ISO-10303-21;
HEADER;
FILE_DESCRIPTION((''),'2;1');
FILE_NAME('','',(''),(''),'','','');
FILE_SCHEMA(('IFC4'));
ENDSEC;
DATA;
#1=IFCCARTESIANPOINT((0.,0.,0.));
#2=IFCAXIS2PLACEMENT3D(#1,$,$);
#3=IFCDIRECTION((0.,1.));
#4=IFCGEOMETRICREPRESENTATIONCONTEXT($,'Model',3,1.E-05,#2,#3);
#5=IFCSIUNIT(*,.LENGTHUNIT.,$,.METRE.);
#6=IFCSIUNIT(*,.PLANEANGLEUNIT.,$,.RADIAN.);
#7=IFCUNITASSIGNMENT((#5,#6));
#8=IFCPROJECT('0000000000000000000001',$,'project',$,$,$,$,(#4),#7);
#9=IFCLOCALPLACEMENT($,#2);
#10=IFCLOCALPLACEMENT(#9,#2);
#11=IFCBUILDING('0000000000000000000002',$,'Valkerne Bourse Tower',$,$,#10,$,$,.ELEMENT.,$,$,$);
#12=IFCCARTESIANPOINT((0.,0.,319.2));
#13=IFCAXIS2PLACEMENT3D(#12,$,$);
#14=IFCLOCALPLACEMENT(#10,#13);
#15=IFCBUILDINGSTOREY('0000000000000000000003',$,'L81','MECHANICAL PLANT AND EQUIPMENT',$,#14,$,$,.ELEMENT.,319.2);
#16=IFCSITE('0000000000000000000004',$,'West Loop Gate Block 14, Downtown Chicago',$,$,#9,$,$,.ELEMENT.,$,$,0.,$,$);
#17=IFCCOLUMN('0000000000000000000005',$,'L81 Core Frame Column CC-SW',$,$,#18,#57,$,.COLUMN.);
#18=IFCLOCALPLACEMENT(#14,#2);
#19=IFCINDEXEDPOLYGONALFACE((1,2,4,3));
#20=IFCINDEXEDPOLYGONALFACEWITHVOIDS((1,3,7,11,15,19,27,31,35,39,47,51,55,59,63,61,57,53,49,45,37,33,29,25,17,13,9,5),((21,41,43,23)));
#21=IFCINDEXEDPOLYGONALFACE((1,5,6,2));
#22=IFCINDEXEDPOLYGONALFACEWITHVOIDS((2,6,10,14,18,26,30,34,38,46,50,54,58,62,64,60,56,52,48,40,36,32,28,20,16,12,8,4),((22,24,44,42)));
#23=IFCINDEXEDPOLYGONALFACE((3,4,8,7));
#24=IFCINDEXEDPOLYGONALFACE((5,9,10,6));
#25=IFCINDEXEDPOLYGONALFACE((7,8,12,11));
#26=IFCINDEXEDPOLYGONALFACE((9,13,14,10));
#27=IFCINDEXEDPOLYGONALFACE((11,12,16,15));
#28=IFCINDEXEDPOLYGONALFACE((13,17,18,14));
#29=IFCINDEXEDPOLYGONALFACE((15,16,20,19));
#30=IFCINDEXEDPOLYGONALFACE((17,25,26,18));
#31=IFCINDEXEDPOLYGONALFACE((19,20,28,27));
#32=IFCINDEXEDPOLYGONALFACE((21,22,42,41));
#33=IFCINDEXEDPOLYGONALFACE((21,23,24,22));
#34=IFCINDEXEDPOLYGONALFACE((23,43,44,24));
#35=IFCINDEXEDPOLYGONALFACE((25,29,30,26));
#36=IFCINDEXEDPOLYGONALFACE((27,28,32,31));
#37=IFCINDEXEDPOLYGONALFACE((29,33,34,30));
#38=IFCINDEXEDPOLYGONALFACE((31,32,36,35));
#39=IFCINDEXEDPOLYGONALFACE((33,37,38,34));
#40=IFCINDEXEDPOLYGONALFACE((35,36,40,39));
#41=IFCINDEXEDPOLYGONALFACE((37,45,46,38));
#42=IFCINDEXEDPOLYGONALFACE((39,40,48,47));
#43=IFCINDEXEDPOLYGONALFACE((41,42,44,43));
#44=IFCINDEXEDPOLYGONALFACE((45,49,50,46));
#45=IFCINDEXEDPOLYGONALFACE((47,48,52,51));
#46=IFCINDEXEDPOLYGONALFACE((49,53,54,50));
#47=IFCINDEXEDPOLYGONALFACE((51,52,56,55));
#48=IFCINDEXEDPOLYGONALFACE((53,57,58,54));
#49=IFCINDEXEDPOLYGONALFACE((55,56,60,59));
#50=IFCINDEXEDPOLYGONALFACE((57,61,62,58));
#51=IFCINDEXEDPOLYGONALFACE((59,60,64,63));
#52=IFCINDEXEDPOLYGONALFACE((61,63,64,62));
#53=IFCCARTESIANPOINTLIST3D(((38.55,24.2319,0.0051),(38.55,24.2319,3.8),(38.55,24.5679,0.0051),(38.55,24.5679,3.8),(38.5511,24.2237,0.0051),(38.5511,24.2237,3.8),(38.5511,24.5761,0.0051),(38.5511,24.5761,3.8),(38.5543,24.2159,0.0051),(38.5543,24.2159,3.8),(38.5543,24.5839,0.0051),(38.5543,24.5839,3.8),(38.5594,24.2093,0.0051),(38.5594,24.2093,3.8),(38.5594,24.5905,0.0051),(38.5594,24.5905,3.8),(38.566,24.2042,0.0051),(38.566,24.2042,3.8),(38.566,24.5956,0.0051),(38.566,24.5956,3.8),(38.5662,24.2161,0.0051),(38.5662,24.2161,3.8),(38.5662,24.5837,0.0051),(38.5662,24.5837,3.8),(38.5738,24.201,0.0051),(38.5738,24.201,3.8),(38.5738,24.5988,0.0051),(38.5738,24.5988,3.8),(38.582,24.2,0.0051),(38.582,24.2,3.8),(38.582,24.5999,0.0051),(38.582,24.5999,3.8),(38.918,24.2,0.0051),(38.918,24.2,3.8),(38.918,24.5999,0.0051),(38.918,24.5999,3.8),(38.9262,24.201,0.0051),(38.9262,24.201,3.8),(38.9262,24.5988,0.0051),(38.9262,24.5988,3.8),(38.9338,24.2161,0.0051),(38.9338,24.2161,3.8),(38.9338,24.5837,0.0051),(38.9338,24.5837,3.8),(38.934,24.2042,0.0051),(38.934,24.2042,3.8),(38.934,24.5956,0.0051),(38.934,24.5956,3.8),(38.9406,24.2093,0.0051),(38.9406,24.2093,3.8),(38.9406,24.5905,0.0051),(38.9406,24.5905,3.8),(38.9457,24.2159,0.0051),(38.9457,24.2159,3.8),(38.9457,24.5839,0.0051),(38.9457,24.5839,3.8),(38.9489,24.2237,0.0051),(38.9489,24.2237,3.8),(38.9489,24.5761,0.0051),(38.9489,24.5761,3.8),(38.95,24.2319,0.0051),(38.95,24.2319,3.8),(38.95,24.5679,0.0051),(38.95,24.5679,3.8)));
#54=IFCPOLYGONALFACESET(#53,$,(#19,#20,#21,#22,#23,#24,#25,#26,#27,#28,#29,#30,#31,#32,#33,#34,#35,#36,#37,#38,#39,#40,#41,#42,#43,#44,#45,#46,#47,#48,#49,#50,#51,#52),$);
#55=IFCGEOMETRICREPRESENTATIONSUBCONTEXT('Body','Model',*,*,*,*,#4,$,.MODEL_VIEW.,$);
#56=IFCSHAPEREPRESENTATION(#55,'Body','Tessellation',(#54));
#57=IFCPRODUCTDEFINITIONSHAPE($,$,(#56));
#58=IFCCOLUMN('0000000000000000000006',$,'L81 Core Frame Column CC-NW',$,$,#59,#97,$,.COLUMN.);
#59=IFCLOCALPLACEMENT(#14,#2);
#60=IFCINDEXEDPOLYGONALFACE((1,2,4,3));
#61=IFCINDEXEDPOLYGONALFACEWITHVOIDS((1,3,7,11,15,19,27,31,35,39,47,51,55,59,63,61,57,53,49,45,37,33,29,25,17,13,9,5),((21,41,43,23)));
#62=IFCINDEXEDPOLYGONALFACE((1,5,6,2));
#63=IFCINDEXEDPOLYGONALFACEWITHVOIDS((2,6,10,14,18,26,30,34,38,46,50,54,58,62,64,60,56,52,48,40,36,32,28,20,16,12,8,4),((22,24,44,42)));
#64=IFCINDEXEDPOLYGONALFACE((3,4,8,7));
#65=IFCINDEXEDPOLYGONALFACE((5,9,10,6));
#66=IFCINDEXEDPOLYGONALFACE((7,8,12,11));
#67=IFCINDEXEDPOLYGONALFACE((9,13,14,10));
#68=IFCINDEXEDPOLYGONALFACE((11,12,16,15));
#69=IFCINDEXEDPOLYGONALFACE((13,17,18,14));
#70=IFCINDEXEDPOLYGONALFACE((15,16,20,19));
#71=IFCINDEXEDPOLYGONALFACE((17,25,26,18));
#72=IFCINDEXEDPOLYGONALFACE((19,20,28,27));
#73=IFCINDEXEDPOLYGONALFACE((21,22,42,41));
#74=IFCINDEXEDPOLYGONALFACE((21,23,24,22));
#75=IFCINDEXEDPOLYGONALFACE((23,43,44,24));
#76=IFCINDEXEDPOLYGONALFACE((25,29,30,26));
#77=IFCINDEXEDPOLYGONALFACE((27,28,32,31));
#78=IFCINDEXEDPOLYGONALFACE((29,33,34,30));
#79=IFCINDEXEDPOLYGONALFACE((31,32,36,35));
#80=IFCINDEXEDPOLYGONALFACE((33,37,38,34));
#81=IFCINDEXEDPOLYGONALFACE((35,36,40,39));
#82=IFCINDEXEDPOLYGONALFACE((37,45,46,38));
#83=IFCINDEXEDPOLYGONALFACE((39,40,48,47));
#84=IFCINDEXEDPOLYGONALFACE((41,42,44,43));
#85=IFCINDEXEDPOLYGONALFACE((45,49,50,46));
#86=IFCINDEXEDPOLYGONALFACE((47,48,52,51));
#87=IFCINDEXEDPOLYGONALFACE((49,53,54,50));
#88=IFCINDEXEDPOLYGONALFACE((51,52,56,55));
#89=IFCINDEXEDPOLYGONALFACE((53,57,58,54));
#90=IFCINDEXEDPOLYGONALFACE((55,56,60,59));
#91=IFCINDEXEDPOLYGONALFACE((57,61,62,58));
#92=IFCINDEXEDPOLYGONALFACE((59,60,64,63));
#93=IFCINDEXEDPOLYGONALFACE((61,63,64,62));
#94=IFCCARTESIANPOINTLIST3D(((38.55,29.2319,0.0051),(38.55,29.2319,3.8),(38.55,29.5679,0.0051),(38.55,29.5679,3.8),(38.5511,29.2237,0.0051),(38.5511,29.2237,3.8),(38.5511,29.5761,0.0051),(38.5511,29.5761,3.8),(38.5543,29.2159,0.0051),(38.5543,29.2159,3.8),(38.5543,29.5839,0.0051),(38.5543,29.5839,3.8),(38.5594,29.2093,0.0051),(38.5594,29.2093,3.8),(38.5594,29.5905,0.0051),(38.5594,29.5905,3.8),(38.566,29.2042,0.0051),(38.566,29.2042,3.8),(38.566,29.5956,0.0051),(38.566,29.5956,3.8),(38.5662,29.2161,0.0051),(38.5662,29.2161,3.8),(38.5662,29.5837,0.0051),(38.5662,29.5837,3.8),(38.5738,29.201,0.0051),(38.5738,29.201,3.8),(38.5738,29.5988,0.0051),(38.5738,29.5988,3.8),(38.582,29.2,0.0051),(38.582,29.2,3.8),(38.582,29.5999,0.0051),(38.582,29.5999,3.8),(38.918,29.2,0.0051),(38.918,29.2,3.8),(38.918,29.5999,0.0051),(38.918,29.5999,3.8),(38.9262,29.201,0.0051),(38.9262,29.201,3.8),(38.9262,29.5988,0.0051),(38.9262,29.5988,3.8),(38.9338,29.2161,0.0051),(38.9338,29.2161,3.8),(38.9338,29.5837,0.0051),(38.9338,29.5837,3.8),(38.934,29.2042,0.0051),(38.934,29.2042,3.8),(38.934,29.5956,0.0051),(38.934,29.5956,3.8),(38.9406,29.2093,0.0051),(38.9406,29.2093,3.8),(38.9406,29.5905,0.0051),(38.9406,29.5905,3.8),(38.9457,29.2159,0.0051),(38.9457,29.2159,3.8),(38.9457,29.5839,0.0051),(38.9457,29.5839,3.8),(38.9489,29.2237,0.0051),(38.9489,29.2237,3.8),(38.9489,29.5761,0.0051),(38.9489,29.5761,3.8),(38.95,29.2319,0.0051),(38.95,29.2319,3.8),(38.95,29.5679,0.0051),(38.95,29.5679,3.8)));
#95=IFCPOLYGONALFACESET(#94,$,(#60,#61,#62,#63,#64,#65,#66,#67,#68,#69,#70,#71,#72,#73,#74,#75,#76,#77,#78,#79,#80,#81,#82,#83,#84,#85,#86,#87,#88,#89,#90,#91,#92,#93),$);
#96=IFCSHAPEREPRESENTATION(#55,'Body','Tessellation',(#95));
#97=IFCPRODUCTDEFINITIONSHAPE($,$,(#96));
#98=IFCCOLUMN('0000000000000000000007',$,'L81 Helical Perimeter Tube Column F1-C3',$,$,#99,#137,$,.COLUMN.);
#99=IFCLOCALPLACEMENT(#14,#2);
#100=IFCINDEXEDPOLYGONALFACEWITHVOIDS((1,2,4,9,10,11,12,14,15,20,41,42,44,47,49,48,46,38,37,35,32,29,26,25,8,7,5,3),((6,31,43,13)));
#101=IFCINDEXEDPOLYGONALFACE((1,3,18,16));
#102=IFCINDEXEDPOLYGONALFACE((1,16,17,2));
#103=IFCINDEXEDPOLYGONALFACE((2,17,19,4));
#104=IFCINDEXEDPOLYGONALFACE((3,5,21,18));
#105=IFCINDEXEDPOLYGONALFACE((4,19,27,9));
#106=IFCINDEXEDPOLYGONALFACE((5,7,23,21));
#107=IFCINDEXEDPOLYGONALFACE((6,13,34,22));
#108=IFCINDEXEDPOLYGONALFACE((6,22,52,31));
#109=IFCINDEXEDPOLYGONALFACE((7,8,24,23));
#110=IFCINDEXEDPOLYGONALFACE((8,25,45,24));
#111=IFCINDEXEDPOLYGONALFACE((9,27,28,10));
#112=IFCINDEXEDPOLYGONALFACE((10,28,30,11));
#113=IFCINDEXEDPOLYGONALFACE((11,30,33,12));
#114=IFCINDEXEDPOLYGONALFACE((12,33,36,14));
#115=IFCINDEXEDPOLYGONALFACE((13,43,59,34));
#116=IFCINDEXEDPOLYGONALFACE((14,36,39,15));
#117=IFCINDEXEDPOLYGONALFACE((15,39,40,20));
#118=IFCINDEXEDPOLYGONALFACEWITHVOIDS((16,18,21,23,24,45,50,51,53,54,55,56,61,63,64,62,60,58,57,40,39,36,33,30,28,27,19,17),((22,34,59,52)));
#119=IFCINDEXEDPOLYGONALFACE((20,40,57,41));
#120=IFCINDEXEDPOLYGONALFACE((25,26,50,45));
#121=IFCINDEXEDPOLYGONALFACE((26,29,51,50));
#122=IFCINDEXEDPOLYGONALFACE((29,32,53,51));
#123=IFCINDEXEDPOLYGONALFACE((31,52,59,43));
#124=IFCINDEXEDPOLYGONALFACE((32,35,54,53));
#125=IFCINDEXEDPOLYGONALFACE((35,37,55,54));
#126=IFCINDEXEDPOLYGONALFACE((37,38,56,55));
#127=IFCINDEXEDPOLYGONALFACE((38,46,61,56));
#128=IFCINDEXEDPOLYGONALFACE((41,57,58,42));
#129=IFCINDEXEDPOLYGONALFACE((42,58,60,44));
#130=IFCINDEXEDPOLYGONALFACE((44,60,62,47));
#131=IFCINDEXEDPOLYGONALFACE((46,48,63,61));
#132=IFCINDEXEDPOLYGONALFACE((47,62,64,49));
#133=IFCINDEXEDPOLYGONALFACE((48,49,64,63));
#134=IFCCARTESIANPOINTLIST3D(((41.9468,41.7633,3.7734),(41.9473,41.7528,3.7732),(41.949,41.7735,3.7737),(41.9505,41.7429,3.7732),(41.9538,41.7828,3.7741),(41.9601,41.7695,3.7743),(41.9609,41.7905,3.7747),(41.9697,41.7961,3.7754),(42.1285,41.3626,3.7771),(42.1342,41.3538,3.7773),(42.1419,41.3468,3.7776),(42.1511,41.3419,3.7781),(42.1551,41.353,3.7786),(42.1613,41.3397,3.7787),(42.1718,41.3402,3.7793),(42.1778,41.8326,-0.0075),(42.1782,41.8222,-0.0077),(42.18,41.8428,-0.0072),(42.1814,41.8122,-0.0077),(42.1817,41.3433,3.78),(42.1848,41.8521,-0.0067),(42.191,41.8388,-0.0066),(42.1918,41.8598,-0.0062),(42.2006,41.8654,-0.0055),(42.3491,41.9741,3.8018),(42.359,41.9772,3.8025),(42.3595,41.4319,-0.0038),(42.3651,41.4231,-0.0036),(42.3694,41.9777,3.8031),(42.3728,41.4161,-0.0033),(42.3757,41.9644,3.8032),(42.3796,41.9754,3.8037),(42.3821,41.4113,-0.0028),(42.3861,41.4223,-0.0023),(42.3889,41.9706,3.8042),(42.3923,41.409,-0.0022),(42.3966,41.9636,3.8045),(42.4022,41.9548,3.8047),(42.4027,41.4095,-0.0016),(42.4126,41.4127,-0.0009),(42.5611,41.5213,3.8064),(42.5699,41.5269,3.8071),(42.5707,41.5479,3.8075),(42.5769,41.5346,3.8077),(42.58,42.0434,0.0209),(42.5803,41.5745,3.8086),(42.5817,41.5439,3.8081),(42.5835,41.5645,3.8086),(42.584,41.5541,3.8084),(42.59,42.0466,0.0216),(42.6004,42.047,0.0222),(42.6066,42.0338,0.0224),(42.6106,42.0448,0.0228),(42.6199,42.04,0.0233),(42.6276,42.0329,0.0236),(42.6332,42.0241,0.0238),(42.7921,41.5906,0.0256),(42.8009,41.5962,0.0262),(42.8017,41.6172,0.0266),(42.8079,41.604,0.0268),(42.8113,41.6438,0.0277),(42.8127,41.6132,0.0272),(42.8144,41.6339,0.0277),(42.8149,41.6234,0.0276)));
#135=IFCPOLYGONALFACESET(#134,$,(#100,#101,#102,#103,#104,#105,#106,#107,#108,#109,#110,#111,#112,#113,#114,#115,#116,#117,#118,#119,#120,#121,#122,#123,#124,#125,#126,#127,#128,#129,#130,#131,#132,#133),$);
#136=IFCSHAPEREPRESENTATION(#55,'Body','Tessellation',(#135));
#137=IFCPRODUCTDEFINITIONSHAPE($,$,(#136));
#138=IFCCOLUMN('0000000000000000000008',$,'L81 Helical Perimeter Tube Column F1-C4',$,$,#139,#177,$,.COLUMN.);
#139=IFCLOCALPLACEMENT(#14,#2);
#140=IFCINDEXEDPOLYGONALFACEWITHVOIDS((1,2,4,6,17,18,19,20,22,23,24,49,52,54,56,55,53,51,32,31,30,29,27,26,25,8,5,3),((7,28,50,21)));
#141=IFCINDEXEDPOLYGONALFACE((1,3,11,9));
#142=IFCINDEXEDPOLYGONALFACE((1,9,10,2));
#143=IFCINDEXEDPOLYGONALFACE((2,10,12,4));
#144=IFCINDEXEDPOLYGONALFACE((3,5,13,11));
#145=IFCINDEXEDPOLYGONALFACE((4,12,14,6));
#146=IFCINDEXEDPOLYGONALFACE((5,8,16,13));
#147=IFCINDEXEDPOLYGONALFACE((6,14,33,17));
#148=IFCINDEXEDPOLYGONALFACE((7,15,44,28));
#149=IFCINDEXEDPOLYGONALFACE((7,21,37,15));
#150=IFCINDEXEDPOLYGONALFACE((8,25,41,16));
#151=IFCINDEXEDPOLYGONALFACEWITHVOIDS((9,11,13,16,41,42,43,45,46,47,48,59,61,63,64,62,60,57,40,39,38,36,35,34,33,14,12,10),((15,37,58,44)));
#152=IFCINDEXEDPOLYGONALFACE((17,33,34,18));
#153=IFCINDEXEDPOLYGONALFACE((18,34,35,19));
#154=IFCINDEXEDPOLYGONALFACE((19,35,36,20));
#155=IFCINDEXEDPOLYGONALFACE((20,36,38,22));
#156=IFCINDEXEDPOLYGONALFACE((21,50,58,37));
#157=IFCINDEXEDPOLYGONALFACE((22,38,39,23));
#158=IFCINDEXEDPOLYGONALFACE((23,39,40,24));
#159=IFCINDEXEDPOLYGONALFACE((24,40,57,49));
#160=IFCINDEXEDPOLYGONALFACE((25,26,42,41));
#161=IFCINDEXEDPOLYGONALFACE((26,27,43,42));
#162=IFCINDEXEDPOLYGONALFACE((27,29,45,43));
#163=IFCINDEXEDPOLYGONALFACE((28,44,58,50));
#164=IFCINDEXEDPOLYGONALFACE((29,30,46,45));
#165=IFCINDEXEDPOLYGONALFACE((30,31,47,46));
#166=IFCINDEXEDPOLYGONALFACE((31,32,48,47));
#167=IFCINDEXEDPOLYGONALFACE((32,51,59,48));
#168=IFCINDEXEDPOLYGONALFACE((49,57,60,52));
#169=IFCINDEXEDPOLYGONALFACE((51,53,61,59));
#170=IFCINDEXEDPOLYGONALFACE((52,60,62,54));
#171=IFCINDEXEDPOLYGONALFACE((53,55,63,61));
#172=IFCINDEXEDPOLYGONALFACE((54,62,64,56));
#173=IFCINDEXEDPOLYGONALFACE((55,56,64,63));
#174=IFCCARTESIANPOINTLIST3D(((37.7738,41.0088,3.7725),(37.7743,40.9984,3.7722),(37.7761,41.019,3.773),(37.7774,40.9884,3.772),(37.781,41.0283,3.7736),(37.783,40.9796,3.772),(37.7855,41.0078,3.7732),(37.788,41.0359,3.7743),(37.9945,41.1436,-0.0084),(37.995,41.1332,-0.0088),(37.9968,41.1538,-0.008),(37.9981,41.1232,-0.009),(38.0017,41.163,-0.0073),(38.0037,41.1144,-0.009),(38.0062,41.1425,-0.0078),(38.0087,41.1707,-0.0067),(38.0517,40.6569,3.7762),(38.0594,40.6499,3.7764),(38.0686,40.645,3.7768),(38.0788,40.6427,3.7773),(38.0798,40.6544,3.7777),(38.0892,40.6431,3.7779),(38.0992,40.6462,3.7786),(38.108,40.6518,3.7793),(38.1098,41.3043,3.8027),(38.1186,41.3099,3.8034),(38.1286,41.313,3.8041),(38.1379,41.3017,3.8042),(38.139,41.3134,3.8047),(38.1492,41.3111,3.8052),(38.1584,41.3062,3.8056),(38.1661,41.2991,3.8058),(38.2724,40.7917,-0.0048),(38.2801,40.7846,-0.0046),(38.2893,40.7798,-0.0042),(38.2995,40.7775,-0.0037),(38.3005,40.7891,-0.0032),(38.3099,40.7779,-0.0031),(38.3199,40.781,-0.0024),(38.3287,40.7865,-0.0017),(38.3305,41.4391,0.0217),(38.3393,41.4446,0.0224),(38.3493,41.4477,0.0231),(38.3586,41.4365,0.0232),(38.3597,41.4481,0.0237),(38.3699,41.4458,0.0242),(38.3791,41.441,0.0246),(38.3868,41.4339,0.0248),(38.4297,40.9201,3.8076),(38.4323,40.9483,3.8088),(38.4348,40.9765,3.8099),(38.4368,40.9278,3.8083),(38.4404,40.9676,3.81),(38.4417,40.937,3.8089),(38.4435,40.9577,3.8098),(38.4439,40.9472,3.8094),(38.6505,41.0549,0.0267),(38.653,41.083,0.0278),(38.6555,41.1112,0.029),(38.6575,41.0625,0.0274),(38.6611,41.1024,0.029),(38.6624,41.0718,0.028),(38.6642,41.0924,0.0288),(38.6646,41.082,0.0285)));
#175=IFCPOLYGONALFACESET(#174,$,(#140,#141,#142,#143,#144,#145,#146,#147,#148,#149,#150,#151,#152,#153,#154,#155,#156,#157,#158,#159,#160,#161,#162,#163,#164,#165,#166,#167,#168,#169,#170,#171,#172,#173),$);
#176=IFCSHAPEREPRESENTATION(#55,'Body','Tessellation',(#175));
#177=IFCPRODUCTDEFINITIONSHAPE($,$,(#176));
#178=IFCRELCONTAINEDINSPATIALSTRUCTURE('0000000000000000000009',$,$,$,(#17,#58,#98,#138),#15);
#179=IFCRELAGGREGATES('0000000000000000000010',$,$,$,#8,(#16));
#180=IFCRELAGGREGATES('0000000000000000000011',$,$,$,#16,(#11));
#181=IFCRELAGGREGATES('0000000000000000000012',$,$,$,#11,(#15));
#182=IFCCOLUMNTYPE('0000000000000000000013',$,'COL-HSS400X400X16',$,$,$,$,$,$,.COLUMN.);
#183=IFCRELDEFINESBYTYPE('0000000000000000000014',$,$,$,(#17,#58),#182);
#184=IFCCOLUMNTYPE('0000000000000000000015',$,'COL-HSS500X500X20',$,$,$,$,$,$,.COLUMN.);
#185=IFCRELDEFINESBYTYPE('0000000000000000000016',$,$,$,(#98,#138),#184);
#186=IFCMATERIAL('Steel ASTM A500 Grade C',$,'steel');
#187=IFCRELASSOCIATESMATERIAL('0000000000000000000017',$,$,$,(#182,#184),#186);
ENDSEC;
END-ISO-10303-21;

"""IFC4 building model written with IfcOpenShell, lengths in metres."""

from ifc_helpers import new_model, si_unit, direction, frame, origin, origin_2d, place, context, subcontext, project, spatial, hollow_rectangle, extrude, material, material_profile, profile_set, type_object, element, save


model = new_model("IFC4")

# Units and contexts
model_context = context("Model", 3, precision=1e-05, world=origin(), true_north=direction((0.0, 1.0)))
body_context = subcontext(model_context, "Body", "Model", "MODEL_VIEW")
ifc_project = project(units=[si_unit("LENGTHUNIT", "METRE"), si_unit("PLANEANGLEUNIT", "RADIAN")], contexts=[model_context])

# Site, building, storey
site_placement = place(None, origin())
site = spatial("IfcSite", under=ifc_project, at=site_placement, Name="West Loop Gate Block 14, Downtown Chicago", CompositionType="ELEMENT", RefElevation=0.0)
building_placement = place(site_placement, origin())
building = spatial("IfcBuilding", under=site, at=building_placement, Name="Valkerne Bourse Tower", CompositionType="ELEMENT")
storey_placement = place(building_placement, frame((0.0, 0.0, 319.2)))
storey = spatial("IfcBuildingStorey", under=building, at=storey_placement, Name="L81", Description="MECHANICAL PLANT AND EQUIPMENT", CompositionType="ELEMENT", Elevation=319.2)

# Columns
ifc_material_1 = material(Name="Steel ASTM A500 Grade C", Category="steel")
ifc_material_profile_1 = material_profile(ifc_material_1, hollow_rectangle(XDim=0.3999, YDim=0.3999, WallThickness=0.0161, OuterFilletRadius=0.032, at=origin_2d()), Name="HSS400X400X16")
ifc_profile_set_1 = profile_set([ifc_material_profile_1], Name="Steel ASTM A500 Grade C")
column_type_1 = type_object("IfcColumnType", Name="COL-HSS400X400X16", PredefinedType="COLUMN", material=ifc_profile_set_1)
for number, where, z_axis, x_axis, name in (
    (1, (38.75, 24.3999, 0.0051), (0.0, 0.0, 1.0), (1.0, 0.0, 0.0), "L81 Core Frame Column CC-SW"),
    (2, (38.75, 29.3999, 0.0051), (0.0, 0.0, 1.0), (1.0, 0.0, 0.0), "L81 Core Frame Column CC-NW"),
):
    element("IfcColumn", number, at=place(storey_placement, frame(where, z_axis=z_axis, x_axis=x_axis)), inside=storey, type_object=column_type_1, Name=name, PredefinedType="COLUMN", context=body_context, shape_type="SweptSolid", body=[
        extrude(hollow_rectangle(XDim=0.3999, YDim=0.3999, WallThickness=0.0161, OuterFilletRadius=0.032, at=origin_2d()), origin(), (0.0, 0.0, 1.0), 3.7949),
    ])
ifc_material_profile_2 = material_profile(ifc_material_1, hollow_rectangle(XDim=0.5, YDim=0.5, WallThickness=0.02, OuterFilletRadius=0.04, at=origin_2d()), Name="HSS500X500X20")
ifc_profile_set_2 = profile_set([ifc_material_profile_2], Name="Steel ASTM A500 Grade C")
column_type_2 = type_object("IfcColumnType", Name="COL-HSS500X500X20", PredefinedType="COLUMN", material=ifc_profile_set_2)
column_placement = place(storey_placement, frame((42.4963, 41.728, 0.01), z_axis=(-0.06096, -0.018301, 0.997972), x_axis=(-0.424079, 0.905577, -0.009298)))
element("IfcColumn", 3, at=column_placement, inside=storey, type_object=column_type_2, Name="L81 Helical Perimeter Tube Column F1-C3", PredefinedType="COLUMN", context=body_context, shape_type="SweptSolid", body=[
    extrude(hollow_rectangle(XDim=0.5, YDim=0.5, WallThickness=0.02, OuterFilletRadius=0.04, at=origin_2d()), origin(), (0.0, 0.0, 1.0), 3.7886),
])
for number, where, z_axis, x_axis, name in (
    (4, (38.3296, 41.1128, 0.01), (-0.058235, -0.03556, 0.997669), (-0.63994, 0.76836, -0.009968), "L81 Helical Perimeter Tube Column F1-C4"),
):
    element("IfcColumn", number, at=place(storey_placement, frame(where, z_axis=z_axis, x_axis=x_axis)), inside=storey, type_object=column_type_2, Name=name, PredefinedType="COLUMN", context=body_context, shape_type="SweptSolid", body=[
        extrude(hollow_rectangle(XDim=0.5, YDim=0.5, WallThickness=0.02, OuterFilletRadius=0.04, at=origin_2d()), origin(), (0.0, 0.0, 1.0), 3.7898),
    ])

save(model, "model.ifc")
